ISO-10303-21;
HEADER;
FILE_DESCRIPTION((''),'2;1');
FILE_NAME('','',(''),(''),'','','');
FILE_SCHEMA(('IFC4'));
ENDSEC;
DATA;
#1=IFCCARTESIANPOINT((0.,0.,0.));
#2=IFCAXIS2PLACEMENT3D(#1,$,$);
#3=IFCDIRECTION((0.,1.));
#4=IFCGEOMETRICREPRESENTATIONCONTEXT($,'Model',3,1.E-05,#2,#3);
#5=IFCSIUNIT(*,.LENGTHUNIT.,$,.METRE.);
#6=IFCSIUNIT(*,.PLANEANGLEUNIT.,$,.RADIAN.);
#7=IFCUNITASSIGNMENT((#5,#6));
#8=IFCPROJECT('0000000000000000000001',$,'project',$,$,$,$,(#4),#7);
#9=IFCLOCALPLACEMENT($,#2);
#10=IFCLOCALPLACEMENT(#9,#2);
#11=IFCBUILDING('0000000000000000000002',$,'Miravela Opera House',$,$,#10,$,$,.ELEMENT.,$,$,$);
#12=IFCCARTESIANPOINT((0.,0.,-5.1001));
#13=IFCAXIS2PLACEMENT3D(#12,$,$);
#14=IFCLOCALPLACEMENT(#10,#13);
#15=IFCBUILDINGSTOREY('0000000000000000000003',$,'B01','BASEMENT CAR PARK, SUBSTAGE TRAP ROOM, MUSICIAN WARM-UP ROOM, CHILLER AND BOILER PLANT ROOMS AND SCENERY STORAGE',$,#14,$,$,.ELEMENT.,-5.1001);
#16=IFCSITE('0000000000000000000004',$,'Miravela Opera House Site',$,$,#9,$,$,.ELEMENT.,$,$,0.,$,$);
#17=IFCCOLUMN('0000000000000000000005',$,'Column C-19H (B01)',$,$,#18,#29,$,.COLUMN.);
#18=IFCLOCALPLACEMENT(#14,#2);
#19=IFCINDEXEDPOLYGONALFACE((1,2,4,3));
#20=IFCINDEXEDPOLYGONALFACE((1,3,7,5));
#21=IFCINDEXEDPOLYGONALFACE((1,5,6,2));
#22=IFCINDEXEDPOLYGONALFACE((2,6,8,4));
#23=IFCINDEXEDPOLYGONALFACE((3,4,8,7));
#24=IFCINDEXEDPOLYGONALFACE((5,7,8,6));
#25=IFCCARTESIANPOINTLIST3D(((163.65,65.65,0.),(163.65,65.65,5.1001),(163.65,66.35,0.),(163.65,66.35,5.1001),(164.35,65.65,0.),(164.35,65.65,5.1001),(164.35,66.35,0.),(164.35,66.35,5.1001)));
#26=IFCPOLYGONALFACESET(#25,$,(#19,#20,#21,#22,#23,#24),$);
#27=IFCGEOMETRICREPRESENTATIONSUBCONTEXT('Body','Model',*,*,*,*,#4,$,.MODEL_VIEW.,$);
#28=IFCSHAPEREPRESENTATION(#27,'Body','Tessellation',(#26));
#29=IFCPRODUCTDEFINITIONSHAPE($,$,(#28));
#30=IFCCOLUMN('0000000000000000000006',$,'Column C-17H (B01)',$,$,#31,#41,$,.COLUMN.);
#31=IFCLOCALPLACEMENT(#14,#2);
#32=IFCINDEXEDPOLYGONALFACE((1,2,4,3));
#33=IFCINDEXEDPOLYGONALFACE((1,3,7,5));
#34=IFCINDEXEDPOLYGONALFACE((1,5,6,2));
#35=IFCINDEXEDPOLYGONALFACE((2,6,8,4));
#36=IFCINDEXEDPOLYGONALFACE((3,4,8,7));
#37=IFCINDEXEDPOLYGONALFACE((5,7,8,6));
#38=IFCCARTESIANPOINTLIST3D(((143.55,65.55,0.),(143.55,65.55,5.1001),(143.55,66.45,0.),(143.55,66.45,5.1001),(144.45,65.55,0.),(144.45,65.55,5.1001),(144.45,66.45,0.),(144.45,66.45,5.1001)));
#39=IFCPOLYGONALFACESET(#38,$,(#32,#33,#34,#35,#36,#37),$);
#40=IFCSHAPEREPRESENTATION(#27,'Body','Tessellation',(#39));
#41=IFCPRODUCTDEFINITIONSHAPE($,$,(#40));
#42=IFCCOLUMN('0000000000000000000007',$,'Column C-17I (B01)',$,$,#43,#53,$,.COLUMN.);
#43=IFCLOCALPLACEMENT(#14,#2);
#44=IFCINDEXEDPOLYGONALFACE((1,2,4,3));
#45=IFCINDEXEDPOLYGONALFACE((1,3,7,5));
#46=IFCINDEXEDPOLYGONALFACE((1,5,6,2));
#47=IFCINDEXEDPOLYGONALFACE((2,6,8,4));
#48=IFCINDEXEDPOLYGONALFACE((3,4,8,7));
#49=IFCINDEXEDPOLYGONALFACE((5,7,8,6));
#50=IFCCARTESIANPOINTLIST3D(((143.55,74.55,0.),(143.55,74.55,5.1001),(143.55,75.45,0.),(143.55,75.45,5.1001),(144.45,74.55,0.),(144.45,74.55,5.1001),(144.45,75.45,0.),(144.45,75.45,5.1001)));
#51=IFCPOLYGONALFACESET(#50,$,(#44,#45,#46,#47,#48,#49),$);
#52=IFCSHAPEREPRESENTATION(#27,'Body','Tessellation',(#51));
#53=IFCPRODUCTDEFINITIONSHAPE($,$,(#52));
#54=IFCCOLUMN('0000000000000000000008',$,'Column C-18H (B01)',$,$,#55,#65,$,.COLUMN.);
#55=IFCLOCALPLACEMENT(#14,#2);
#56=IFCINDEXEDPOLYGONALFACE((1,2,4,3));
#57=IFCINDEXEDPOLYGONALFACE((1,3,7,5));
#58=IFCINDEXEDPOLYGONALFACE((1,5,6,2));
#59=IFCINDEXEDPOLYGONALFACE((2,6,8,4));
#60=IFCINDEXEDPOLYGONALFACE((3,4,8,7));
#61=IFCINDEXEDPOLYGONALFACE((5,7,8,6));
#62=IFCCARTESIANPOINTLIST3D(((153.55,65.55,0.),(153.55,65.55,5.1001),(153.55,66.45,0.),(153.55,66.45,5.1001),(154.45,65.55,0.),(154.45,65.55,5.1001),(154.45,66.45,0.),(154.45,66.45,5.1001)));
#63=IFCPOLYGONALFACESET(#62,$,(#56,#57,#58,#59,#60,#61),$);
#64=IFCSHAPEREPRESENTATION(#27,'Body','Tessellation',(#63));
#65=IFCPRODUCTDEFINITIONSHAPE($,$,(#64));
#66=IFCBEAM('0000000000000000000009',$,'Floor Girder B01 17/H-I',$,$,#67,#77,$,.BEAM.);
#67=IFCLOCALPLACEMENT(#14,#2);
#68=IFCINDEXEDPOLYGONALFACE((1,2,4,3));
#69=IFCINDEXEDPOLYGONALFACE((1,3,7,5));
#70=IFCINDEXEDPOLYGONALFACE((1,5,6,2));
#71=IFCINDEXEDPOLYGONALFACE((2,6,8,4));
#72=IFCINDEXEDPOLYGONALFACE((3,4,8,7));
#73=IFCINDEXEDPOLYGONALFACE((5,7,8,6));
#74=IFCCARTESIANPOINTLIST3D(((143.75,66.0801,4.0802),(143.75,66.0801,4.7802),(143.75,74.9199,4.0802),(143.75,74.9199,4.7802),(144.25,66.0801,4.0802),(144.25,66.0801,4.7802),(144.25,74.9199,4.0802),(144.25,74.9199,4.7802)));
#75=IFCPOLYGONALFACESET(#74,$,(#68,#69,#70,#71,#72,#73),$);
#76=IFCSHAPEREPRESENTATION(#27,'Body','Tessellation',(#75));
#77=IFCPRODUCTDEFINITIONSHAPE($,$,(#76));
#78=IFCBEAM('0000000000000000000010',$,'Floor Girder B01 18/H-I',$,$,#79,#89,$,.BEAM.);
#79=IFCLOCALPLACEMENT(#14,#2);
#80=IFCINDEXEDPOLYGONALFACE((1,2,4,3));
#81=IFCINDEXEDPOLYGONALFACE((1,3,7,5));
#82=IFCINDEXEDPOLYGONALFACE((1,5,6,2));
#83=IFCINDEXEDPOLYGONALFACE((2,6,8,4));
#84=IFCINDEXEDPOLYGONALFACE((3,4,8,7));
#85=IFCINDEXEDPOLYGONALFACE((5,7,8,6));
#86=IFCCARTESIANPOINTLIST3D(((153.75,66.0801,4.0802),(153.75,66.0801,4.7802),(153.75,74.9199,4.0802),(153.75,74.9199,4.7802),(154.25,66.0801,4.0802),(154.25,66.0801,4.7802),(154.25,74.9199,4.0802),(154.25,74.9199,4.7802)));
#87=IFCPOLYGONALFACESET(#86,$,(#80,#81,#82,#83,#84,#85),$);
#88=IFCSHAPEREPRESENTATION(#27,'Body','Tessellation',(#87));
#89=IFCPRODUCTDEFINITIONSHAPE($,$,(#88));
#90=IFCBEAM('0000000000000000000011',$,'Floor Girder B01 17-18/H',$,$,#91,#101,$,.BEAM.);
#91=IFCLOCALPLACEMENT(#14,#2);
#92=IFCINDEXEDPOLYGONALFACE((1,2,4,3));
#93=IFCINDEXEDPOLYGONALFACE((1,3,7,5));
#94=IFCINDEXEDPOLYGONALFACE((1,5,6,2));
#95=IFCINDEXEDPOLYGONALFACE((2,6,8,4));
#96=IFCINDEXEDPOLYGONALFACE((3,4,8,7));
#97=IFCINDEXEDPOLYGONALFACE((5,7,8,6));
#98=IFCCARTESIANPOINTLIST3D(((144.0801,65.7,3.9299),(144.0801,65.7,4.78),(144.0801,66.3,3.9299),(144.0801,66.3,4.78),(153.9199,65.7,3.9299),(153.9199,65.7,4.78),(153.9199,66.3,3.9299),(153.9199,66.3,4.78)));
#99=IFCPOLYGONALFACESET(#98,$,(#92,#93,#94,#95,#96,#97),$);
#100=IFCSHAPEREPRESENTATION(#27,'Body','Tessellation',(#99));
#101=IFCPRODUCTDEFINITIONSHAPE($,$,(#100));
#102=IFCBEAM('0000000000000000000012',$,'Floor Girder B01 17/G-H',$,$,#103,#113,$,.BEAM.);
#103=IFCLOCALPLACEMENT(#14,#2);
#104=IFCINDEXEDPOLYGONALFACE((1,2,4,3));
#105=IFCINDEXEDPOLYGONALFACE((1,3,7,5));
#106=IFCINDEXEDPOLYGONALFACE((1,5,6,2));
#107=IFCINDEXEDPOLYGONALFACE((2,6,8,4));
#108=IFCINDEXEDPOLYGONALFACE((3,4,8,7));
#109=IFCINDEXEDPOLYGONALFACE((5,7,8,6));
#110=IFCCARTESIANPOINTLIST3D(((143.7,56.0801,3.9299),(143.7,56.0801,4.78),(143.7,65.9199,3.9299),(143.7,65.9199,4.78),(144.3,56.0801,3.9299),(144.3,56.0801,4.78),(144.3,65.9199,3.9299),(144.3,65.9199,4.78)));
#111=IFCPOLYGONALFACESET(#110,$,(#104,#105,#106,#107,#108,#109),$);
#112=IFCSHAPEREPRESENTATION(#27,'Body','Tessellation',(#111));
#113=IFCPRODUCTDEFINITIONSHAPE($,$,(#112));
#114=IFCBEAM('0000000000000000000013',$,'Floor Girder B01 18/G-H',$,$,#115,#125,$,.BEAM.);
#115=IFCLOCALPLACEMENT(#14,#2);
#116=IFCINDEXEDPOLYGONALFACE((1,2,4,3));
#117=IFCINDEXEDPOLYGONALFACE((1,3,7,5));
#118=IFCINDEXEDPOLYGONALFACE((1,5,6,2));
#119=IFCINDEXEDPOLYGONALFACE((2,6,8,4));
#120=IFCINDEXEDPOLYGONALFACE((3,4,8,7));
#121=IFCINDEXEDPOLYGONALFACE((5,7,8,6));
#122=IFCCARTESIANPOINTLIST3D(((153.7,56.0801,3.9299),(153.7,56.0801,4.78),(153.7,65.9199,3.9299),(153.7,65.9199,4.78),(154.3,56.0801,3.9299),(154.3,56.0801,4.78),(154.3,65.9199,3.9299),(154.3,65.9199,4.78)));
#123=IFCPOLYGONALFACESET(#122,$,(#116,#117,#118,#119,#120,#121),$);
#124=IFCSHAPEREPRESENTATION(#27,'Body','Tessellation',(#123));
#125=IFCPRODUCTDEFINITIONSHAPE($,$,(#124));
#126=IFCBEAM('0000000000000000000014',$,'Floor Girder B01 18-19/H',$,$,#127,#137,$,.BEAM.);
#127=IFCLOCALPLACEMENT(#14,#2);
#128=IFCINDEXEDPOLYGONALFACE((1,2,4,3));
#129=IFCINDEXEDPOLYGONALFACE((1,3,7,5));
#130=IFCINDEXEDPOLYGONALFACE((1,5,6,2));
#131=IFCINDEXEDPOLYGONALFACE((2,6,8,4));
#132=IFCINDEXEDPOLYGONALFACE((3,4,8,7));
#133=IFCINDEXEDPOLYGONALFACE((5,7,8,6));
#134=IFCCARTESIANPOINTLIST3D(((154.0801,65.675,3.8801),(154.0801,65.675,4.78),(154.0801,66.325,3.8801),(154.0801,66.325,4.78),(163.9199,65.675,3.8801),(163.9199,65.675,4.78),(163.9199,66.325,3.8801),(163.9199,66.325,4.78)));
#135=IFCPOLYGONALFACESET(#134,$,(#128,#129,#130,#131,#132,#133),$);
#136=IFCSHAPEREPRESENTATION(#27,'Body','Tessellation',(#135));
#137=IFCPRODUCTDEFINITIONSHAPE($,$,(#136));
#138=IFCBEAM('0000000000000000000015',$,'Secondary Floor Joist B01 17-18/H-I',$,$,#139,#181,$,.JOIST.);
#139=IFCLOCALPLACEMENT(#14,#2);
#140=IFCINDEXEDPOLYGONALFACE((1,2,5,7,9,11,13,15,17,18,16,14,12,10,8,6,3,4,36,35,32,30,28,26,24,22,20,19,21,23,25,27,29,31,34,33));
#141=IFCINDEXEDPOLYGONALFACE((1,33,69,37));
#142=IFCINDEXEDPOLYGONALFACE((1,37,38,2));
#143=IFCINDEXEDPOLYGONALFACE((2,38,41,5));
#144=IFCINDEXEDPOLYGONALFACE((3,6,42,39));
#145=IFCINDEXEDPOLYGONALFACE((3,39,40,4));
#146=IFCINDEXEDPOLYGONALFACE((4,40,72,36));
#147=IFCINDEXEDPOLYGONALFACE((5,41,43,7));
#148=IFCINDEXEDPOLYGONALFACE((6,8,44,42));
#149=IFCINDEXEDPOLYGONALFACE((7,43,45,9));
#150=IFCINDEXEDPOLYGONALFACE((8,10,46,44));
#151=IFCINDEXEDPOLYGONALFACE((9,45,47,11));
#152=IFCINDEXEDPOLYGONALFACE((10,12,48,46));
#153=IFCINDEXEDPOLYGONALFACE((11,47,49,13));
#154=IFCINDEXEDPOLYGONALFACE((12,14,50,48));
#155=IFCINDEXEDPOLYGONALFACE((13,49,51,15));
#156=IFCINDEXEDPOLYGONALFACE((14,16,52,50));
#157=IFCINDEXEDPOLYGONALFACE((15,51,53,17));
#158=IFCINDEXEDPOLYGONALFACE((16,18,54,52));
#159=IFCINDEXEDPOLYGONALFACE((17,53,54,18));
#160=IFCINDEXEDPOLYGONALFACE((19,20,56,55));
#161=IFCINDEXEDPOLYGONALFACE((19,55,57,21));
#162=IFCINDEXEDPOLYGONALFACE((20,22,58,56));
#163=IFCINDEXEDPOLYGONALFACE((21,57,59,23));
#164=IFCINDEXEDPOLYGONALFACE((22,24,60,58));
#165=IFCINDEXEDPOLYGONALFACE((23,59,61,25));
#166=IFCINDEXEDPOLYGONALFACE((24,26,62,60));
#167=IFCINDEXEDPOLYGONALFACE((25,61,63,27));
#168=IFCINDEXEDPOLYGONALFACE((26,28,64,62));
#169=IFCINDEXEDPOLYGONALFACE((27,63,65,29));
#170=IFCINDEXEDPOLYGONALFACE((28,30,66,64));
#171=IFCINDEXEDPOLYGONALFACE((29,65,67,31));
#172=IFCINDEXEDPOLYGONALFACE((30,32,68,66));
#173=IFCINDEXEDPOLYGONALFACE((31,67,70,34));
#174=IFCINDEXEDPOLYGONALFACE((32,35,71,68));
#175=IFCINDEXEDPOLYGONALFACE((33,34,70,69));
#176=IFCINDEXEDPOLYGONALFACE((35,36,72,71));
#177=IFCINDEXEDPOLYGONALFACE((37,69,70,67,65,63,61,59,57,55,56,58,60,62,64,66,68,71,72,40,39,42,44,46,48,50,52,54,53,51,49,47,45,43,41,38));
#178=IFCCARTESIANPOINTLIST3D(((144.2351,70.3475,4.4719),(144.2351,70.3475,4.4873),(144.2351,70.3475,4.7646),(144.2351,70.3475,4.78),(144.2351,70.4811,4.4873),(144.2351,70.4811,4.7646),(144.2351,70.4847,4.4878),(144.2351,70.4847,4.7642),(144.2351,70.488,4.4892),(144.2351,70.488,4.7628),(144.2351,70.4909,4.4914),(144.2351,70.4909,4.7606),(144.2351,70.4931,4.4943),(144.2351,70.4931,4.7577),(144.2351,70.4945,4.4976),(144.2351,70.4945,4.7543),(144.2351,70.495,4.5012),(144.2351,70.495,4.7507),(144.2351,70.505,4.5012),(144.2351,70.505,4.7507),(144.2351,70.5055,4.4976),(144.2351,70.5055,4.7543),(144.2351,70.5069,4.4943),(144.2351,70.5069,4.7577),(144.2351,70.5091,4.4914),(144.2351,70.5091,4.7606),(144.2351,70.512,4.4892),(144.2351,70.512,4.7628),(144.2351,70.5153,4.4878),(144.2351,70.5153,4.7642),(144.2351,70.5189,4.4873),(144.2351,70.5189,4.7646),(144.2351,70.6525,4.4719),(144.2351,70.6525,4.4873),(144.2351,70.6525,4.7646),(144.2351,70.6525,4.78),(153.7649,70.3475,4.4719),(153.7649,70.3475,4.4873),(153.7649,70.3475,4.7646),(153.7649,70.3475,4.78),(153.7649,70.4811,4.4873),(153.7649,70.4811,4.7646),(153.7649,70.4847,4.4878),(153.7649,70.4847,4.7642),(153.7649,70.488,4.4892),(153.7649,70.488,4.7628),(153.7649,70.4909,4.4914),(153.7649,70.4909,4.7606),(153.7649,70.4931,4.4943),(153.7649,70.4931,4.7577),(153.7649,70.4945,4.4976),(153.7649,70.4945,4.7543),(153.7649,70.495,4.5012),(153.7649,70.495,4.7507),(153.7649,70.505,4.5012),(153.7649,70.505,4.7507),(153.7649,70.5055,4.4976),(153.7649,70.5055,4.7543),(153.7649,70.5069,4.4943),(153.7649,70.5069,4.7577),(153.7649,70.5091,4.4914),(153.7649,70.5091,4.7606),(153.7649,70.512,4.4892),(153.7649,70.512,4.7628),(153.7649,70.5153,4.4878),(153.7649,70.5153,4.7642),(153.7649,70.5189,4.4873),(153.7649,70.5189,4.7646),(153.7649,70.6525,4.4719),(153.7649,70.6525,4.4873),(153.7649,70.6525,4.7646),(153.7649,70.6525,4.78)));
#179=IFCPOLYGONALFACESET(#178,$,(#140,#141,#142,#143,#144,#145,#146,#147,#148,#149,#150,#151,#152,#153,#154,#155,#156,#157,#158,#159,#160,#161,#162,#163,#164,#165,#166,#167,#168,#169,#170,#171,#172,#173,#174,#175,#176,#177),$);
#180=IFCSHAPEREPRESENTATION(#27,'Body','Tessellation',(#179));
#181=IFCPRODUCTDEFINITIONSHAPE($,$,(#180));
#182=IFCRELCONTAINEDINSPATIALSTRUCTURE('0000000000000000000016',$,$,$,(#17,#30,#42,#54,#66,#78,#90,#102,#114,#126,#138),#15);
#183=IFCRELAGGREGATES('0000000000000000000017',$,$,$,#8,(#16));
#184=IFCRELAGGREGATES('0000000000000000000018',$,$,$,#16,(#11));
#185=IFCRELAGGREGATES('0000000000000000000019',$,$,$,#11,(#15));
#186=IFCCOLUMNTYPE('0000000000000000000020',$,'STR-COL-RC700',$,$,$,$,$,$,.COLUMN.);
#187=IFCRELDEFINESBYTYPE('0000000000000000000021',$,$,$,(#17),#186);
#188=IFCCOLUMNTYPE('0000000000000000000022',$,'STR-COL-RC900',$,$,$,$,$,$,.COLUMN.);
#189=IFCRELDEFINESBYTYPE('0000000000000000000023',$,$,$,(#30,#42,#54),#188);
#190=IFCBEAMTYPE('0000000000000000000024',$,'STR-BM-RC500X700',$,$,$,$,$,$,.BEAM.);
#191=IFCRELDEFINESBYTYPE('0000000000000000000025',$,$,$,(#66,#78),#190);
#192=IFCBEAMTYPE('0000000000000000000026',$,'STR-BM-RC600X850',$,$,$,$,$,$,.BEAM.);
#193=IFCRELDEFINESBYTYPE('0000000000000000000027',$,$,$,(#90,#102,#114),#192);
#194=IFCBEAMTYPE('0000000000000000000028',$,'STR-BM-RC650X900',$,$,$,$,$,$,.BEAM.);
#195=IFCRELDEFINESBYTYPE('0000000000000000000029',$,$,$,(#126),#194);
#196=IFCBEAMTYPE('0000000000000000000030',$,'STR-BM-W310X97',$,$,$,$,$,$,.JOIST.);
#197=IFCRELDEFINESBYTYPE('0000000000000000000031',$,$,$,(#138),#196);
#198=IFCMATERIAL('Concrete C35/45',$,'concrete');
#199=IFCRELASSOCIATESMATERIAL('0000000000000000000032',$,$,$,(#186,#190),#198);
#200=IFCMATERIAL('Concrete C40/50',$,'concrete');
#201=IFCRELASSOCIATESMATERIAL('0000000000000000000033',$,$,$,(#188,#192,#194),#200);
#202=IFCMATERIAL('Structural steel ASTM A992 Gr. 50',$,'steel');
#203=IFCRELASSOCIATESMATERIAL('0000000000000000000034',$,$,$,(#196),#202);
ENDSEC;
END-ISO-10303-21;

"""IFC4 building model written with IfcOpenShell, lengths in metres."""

from ifc_helpers import new_model, si_unit, direction, frame, origin, origin_2d, place, context, subcontext, project, spatial, rectangle, i_section, extrude, material, material_profile, profile_set, type_object, element, save


model = new_model("IFC4")

# Units and contexts
model_context = context("Model", 3, precision=1e-05, world=origin(), true_north=direction((0.0, 1.0)))
body_context = subcontext(model_context, "Body", "Model", "MODEL_VIEW")
ifc_project = project(units=[si_unit("LENGTHUNIT", "METRE"), si_unit("PLANEANGLEUNIT", "RADIAN")], contexts=[model_context])

# Site, building, storey
site_placement = place(None, origin())
site = spatial("IfcSite", under=ifc_project, at=site_placement, Name="Miravela Opera House Site", CompositionType="ELEMENT", RefElevation=0.0)
building_placement = place(site_placement, origin())
building = spatial("IfcBuilding", under=site, at=building_placement, Name="Miravela Opera House", CompositionType="ELEMENT")
storey_placement = place(building_placement, frame((0.0, 0.0, -5.1001)))
storey = spatial("IfcBuildingStorey", under=building, at=storey_placement, Name="B01", Description="BASEMENT CAR PARK, SUBSTAGE TRAP ROOM, MUSICIAN WARM-UP ROOM, CHILLER AND BOILER PLANT ROOMS AND SCENERY STORAGE", CompositionType="ELEMENT", Elevation=-5.1001)

# Shared definitions
ifc_material_1 = material(Name="Concrete C35/45", Category="concrete")

# Columns
ifc_material_profile_1 = material_profile(ifc_material_1, rectangle(XDim=0.7, YDim=0.7, at=origin_2d()), Name="RC-COL-700X700")
ifc_profile_set_1 = profile_set([ifc_material_profile_1])
column_type_1 = type_object("IfcColumnType", Name="STR-COL-RC700", PredefinedType="COLUMN", material=ifc_profile_set_1)
column_placement = place(storey_placement, frame((164.0, 66.0, 0.0), z_axis=(0.0, 0.0, 1.0), x_axis=(1.0, 0.0, 0.0)))
element("IfcColumn", 1, at=column_placement, inside=storey, type_object=column_type_1, Name="Column C-19H (B01)", PredefinedType="COLUMN", context=body_context, shape_type="SweptSolid", body=[
    extrude(rectangle(XDim=0.7, YDim=0.7, at=origin_2d()), origin(), (0.0, 0.0, 1.0), 5.1001),
])
ifc_material_2 = material(Name="Concrete C40/50", Category="concrete")
ifc_material_profile_2 = material_profile(ifc_material_2, rectangle(XDim=0.8999, YDim=0.8999, at=origin_2d()), Name="RC-COL-900X900")
ifc_profile_set_2 = profile_set([ifc_material_profile_2])
column_type_2 = type_object("IfcColumnType", Name="STR-COL-RC900", PredefinedType="COLUMN", material=ifc_profile_set_2)
for number, where, z_axis, x_axis, name in (
    (2, (144.0, 66.0, 0.0), (0.0, 0.0, 1.0), (1.0, 0.0, 0.0), "Column C-17H (B01)"),
    (3, (144.0, 75.0, 0.0), (0.0, 0.0, 1.0), (1.0, 0.0, 0.0), "Column C-17I (B01)"),
    (4, (154.0, 66.0, 0.0), (0.0, 0.0, 1.0), (1.0, 0.0, 0.0), "Column C-18H (B01)"),
):
    element("IfcColumn", number, at=place(storey_placement, frame(where, z_axis=z_axis, x_axis=x_axis)), inside=storey, type_object=column_type_2, Name=name, PredefinedType="COLUMN", context=body_context, shape_type="SweptSolid", body=[
        extrude(rectangle(XDim=0.8999, YDim=0.8999, at=origin_2d()), origin(), (0.0, 0.0, 1.0), 5.1001),
    ])

# Beams
ifc_material_profile_3 = material_profile(ifc_material_1, rectangle(XDim=0.5, YDim=0.7, at=origin_2d()), Name="RC-BM-500X700")
ifc_profile_set_3 = profile_set([ifc_material_profile_3])
beam_type_1 = type_object("IfcBeamType", Name="STR-BM-RC500X700", PredefinedType="BEAM", material=ifc_profile_set_3)
for number, where, z_axis, x_axis, name in (
    (5, (144.0, 66.0801, 4.4302), (0.0, 1.0, 0.0), (-1.0, 0.0, 0.0), "Floor Girder B01 17/H-I"),
    (6, (154.0, 66.0801, 4.4302), (0.0, 1.0, 0.0), (-1.0, 0.0, 0.0), "Floor Girder B01 18/H-I"),
):
    element("IfcBeam", number, at=place(storey_placement, frame(where, z_axis=z_axis, x_axis=x_axis)), inside=storey, type_object=beam_type_1, Name=name, PredefinedType="BEAM", context=body_context, shape_type="SweptSolid", body=[
        extrude(rectangle(XDim=0.5, YDim=0.7, at=origin_2d()), origin(), (0.0, 0.0, 1.0), 8.8398),
    ])
ifc_material_profile_4 = material_profile(ifc_material_2, rectangle(XDim=0.6001, YDim=0.8501, at=origin_2d()), Name="RC-BM-600X850")
ifc_profile_set_4 = profile_set([ifc_material_profile_4])
beam_type_2 = type_object("IfcBeamType", Name="STR-BM-RC600X850", PredefinedType="BEAM", material=ifc_profile_set_4)
for number, where, z_axis, x_axis, name in (
    (7, (144.0801, 66.0, 4.355), (1.0, 0.0, 0.0), (0.0, 1.0, 0.0), "Floor Girder B01 17-18/H"),
    (8, (144.0, 56.0801, 4.355), (0.0, 1.0, 0.0), (-1.0, 0.0, 0.0), "Floor Girder B01 17/G-H"),
    (9, (154.0, 56.0801, 4.355), (0.0, 1.0, 0.0), (-1.0, 0.0, 0.0), "Floor Girder B01 18/G-H"),
):
    element("IfcBeam", number, at=place(storey_placement, frame(where, z_axis=z_axis, x_axis=x_axis)), inside=storey, type_object=beam_type_2, Name=name, PredefinedType="BEAM", context=body_context, shape_type="SweptSolid", body=[
        extrude(rectangle(XDim=0.6001, YDim=0.8501, at=origin_2d()), origin(), (0.0, 0.0, 1.0), 9.8398),
    ])
ifc_material_profile_5 = material_profile(ifc_material_2, rectangle(XDim=0.6499, YDim=0.8999, at=origin_2d()), Name="RC-BM-650X900")
ifc_profile_set_5 = profile_set([ifc_material_profile_5])
beam_type_3 = type_object("IfcBeamType", Name="STR-BM-RC650X900", PredefinedType="BEAM", material=ifc_profile_set_5)
beam_1_placement = place(storey_placement, frame((154.0801, 66.0, 4.3301), z_axis=(1.0, 0.0, 0.0), x_axis=(0.0, 1.0, 0.0)))
element("IfcBeam", 10, at=beam_1_placement, inside=storey, type_object=beam_type_3, Name="Floor Girder B01 18-19/H", PredefinedType="BEAM", context=body_context, shape_type="SweptSolid", body=[
    extrude(rectangle(XDim=0.6499, YDim=0.8999, at=origin_2d()), origin(), (0.0, 0.0, 1.0), 9.8398),
])
ifc_material_3 = material(Name="Structural steel ASTM A992 Gr. 50", Category="steel")
ifc_material_profile_6 = material_profile(ifc_material_3, i_section(OverallWidth=0.3049, OverallDepth=0.3081, WebThickness=0.01, FlangeThickness=0.0154, FilletRadius=0.0139, at=origin_2d()), Name="W310X97")
ifc_profile_set_6 = profile_set([ifc_material_profile_6])
beam_type_4 = type_object("IfcBeamType", Name="STR-BM-W310X97", PredefinedType="JOIST", material=ifc_profile_set_6)
beam_2_placement = place(storey_placement, frame((144.2351, 70.5, 4.626), z_axis=(1.0, 0.0, 0.0), x_axis=(0.0, 1.0, 0.0)))
element("IfcBeam", 11, at=beam_2_placement, inside=storey, type_object=beam_type_4, Name="Secondary Floor Joist B01 17-18/H-I", PredefinedType="JOIST", context=body_context, shape_type="SweptSolid", body=[
    extrude(i_section(OverallWidth=0.3049, OverallDepth=0.3081, WebThickness=0.01, FlangeThickness=0.0154, FilletRadius=0.0139, at=origin_2d()), origin(), (0.0, 0.0, 1.0), 9.5298),
])

save(model, "model.ifc")
